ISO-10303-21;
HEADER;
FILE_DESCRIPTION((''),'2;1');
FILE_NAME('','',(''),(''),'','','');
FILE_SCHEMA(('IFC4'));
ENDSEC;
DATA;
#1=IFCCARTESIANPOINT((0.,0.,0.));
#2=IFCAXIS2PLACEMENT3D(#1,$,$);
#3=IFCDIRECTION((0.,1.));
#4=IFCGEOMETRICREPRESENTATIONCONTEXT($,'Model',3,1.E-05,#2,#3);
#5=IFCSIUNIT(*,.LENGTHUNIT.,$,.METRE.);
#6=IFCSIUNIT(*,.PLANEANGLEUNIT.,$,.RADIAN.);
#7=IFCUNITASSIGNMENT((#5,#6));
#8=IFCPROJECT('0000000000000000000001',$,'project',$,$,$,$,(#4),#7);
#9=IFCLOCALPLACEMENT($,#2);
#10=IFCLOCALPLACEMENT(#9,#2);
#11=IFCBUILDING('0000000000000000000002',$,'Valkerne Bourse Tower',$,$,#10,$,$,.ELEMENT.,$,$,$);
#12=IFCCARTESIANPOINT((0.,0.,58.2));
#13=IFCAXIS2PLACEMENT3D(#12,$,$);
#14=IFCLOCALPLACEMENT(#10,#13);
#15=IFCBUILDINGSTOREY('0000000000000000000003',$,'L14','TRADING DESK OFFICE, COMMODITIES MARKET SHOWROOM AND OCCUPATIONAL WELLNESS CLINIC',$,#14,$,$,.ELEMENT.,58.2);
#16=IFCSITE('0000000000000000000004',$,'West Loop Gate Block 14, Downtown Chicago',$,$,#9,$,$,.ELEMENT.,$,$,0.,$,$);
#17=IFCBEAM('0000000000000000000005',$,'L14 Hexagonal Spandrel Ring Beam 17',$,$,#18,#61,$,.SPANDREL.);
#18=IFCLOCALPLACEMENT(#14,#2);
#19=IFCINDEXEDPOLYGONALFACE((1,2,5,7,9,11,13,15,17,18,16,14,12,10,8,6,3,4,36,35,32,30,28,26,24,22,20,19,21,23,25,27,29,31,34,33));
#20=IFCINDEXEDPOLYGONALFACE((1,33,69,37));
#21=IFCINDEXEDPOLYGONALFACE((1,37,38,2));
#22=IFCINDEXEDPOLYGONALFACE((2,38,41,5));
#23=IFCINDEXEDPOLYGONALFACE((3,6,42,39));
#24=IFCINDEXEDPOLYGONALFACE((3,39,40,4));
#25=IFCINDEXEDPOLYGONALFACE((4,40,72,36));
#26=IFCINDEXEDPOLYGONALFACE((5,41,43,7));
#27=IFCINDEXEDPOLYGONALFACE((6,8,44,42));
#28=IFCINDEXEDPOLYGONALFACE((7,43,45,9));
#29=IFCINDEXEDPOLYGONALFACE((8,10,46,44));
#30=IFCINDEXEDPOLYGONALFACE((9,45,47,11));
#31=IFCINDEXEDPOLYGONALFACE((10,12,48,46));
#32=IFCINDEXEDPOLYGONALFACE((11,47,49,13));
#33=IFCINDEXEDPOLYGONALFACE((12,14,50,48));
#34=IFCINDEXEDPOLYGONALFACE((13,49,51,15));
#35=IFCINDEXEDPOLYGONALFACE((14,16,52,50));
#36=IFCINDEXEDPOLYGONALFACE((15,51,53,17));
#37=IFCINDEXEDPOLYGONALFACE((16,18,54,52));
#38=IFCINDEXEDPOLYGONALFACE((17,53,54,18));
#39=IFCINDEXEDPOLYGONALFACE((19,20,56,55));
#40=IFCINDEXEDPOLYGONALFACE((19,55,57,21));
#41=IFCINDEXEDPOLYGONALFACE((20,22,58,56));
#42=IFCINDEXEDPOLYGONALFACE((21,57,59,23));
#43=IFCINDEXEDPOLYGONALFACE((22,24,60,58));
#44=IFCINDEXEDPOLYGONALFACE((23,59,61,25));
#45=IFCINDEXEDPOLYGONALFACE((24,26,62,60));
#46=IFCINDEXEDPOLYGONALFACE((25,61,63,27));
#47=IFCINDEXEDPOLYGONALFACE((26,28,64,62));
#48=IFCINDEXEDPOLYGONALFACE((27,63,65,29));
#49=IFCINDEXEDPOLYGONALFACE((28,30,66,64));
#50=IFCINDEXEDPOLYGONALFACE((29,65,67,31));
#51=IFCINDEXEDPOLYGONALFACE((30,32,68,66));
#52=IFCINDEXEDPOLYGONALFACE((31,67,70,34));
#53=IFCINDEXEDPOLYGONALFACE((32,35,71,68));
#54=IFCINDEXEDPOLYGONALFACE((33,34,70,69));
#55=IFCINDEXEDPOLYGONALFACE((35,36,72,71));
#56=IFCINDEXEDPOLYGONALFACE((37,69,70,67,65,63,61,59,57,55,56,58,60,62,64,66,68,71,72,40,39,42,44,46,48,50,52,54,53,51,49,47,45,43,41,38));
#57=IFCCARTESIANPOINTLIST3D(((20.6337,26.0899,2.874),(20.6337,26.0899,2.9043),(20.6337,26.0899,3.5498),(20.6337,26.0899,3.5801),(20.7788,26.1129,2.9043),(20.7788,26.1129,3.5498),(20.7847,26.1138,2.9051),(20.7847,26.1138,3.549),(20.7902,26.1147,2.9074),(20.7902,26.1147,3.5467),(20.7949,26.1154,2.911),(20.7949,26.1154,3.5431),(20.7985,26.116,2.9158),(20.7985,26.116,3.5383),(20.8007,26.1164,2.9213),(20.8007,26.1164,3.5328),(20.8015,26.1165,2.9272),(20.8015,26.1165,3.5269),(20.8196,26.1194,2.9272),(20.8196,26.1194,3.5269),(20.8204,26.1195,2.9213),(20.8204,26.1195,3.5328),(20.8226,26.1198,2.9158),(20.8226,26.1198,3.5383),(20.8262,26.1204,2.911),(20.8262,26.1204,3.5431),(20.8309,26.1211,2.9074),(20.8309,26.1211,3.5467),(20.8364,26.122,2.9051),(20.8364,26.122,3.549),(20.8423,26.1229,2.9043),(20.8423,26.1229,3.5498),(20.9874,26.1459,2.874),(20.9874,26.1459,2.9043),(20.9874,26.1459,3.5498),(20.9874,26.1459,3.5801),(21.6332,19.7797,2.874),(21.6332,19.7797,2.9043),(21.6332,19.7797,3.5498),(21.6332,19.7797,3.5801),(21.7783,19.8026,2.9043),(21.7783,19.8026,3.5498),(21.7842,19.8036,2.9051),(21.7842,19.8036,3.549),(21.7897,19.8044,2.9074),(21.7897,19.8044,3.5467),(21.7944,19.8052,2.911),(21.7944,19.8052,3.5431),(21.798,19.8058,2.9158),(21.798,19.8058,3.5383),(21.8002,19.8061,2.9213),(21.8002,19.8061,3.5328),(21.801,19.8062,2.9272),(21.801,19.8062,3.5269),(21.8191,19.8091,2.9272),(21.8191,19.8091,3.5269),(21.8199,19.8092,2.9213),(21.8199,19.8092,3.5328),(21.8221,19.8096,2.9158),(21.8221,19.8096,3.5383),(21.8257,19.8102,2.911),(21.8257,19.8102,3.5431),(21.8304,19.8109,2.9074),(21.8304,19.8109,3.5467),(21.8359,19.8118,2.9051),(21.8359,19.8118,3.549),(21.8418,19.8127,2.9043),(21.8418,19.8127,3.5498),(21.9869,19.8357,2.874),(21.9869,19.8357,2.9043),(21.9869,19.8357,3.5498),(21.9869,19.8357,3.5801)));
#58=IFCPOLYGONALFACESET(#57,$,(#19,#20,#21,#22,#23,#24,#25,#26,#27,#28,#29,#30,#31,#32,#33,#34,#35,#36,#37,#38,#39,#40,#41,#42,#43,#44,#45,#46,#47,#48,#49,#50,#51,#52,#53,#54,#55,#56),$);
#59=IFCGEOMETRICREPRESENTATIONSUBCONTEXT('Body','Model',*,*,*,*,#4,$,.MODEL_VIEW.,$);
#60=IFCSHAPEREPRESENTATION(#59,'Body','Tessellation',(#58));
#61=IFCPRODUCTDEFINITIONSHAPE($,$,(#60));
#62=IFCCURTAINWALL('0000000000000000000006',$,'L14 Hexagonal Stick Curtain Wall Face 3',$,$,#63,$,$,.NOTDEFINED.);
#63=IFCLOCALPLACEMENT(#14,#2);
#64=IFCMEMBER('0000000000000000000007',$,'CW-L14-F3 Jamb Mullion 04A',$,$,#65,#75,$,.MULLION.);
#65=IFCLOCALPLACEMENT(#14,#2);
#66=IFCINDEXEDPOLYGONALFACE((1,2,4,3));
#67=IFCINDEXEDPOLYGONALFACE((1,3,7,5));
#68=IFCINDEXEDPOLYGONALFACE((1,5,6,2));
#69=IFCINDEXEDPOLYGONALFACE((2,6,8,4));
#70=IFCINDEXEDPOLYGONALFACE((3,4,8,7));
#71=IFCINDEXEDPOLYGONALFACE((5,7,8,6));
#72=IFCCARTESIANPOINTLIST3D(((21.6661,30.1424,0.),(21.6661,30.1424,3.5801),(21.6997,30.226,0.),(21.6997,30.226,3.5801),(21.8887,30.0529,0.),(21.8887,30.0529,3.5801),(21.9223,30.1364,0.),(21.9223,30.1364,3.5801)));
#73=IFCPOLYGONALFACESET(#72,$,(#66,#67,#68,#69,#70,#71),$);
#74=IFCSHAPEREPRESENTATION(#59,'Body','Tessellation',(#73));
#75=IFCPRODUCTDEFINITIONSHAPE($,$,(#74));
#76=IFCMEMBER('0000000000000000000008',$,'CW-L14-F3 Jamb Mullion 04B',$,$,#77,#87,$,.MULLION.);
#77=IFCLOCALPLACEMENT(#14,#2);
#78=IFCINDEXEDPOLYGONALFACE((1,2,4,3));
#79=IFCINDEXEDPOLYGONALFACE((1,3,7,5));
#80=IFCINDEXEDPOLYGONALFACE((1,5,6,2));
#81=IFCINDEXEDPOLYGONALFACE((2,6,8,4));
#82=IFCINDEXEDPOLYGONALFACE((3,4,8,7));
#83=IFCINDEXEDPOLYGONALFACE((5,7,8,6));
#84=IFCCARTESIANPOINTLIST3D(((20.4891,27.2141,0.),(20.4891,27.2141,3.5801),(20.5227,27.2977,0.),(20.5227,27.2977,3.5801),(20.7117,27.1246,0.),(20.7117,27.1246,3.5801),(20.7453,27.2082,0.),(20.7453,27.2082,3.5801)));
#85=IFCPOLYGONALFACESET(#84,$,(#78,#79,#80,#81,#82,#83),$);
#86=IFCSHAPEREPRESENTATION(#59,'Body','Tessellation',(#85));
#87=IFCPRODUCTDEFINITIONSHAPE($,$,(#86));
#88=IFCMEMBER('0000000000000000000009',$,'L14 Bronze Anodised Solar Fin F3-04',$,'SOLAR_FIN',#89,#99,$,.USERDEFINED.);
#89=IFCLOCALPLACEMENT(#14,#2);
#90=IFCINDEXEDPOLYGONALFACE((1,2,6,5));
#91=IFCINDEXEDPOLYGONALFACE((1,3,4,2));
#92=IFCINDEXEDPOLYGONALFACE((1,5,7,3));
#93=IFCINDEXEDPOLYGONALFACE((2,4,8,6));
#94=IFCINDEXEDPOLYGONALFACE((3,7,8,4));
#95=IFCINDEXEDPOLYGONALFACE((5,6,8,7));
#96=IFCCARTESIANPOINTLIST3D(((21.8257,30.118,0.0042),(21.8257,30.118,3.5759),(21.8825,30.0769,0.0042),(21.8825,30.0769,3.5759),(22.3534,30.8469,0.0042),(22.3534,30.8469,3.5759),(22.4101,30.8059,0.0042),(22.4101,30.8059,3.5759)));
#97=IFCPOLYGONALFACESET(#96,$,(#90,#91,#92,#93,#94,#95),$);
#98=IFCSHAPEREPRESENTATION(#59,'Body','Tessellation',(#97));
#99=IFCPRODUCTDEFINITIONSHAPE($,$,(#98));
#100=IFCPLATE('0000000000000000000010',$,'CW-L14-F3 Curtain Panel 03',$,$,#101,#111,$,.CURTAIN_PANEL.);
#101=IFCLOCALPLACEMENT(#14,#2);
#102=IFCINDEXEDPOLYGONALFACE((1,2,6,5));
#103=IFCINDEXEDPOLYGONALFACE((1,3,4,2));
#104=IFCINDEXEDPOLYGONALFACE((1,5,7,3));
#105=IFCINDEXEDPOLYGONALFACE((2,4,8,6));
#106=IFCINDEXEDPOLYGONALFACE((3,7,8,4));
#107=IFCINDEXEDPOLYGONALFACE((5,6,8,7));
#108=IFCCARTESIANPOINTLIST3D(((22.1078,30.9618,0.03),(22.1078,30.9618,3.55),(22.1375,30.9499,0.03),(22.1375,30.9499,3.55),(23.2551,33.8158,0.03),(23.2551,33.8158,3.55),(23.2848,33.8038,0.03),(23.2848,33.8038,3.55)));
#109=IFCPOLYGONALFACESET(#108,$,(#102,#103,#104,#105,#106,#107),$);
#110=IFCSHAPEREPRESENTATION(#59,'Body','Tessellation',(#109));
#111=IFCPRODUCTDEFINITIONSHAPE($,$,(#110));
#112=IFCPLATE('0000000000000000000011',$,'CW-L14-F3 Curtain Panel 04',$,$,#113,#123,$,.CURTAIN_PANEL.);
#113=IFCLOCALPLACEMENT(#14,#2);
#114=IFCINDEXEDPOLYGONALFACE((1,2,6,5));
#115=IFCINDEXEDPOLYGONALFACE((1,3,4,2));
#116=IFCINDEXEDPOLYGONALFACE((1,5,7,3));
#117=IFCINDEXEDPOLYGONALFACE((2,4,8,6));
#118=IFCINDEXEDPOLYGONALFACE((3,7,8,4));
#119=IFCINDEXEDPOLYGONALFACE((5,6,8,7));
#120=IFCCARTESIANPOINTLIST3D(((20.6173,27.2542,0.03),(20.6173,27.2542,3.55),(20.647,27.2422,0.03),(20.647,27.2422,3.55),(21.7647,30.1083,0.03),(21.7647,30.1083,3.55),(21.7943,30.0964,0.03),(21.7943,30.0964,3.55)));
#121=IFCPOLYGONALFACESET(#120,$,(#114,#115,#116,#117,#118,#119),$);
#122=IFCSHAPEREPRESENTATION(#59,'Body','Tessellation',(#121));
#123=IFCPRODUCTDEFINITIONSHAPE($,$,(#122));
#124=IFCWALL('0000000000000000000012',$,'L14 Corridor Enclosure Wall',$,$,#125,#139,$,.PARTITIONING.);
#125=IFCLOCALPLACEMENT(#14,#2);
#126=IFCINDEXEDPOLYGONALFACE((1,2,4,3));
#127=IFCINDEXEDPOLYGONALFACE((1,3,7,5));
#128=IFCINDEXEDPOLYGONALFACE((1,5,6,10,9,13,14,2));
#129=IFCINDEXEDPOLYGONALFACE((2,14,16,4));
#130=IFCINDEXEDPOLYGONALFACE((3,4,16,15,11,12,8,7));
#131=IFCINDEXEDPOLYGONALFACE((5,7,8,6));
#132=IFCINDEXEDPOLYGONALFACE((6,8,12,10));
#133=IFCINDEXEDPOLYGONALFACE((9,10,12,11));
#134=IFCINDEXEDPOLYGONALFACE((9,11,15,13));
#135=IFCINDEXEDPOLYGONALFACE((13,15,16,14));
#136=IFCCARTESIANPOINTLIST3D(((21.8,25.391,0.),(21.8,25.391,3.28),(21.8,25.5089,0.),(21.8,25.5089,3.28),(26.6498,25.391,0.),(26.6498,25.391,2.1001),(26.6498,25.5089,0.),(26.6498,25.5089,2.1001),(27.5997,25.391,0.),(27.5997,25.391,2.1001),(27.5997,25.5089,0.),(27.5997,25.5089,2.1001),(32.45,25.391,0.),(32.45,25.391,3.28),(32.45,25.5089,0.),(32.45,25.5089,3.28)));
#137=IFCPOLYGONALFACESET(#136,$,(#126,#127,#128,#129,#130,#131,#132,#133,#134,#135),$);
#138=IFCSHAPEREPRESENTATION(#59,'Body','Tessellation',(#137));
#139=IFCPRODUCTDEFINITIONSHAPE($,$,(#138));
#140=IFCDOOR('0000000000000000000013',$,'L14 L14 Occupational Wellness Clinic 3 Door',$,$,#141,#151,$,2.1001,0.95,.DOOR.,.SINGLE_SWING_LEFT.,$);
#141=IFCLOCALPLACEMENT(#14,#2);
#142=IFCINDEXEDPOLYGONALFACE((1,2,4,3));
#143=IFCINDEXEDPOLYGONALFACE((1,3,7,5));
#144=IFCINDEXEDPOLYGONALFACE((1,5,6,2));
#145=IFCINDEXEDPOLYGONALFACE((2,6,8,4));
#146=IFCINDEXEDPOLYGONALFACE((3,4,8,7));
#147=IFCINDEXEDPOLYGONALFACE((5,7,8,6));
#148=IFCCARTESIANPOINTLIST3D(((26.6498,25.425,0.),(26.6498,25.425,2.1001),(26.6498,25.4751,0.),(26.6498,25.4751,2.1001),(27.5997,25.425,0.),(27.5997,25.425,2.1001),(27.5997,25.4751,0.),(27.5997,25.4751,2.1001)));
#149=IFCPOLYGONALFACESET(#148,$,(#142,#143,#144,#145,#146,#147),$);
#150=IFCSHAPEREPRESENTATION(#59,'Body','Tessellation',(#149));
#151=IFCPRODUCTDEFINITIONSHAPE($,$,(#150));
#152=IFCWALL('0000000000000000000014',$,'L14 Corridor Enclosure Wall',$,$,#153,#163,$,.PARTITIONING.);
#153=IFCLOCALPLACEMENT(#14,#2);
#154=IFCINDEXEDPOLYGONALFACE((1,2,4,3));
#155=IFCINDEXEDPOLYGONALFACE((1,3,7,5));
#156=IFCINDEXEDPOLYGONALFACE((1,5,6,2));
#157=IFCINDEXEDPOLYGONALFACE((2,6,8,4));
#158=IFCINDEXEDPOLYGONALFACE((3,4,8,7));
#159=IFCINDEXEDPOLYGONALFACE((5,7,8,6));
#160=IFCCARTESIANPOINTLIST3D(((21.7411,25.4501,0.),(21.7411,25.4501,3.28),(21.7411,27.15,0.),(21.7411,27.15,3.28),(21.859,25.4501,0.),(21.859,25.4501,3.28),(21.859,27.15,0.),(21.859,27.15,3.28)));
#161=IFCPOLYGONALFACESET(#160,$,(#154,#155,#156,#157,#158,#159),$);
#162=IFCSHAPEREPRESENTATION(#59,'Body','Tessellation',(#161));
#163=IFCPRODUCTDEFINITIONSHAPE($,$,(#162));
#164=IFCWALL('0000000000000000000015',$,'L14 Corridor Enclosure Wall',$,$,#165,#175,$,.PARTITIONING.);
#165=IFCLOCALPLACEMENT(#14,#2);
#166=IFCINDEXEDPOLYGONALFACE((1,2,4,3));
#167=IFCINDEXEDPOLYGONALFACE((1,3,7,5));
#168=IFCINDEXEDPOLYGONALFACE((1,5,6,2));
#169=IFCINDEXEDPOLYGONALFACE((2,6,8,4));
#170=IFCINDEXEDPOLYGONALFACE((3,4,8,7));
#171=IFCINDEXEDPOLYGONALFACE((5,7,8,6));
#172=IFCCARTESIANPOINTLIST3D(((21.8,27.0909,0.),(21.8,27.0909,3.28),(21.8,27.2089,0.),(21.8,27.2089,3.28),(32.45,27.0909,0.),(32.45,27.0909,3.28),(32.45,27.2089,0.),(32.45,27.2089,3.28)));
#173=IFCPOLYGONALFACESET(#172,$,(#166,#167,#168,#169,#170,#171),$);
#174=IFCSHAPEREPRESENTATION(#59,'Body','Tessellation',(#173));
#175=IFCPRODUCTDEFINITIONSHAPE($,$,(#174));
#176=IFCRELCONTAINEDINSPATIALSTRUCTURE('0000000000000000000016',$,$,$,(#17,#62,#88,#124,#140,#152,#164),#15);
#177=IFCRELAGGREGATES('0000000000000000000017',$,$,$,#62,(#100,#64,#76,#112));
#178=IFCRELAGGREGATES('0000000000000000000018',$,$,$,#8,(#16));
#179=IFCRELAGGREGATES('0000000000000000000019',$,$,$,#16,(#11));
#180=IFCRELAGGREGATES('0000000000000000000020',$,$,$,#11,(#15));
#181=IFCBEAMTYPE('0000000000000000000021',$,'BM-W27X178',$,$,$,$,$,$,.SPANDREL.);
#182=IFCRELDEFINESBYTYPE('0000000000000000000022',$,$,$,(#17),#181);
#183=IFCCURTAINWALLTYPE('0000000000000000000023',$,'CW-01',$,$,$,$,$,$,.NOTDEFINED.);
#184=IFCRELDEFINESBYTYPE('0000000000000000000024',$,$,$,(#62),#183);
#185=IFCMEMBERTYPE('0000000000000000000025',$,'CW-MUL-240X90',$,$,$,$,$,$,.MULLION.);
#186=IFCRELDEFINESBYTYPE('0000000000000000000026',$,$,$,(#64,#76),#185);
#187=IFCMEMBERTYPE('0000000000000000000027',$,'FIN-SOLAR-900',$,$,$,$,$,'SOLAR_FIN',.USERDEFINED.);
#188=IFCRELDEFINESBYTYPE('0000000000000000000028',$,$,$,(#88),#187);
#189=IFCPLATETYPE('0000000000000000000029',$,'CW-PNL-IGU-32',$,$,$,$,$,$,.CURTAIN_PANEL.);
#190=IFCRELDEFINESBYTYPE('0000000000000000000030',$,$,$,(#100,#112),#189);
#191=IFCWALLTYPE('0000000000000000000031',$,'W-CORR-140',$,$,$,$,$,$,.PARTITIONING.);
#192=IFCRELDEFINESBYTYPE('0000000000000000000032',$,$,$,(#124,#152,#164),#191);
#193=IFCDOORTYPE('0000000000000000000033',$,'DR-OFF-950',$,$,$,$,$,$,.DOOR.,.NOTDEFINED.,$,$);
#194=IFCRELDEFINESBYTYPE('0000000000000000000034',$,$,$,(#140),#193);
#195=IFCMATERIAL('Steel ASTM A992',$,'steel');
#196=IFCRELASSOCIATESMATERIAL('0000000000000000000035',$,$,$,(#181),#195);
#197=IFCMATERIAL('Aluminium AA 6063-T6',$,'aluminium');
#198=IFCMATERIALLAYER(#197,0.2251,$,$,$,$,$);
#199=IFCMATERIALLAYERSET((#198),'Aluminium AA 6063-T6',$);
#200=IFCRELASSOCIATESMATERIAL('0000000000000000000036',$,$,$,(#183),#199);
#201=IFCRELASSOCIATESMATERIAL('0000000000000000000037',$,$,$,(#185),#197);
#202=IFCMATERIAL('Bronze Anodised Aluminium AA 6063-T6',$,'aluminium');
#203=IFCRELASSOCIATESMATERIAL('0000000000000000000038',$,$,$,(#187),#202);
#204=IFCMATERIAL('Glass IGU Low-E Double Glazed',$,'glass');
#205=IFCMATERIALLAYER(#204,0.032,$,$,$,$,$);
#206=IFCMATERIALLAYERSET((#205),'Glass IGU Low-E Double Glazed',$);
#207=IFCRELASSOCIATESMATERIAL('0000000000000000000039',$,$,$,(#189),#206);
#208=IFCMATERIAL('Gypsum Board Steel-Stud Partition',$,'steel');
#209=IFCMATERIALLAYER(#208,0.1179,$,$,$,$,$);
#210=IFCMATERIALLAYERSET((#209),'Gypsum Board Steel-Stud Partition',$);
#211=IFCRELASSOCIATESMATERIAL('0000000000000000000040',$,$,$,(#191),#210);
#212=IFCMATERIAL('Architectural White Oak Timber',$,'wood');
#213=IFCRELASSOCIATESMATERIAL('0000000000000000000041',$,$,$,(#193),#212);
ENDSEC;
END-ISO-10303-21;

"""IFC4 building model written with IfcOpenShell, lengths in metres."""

from ifc_helpers import new_model, si_unit, direction, frame, frame_2d, origin, origin_2d, place, context, subcontext, project, spatial, rectangle, i_section, extrude, material, layer, layer_set, material_profile, profile_set, type_object, element, fill, aggregate, save


model = new_model("IFC4")

# Units and contexts
model_context = context("Model", 3, precision=1e-05, world=origin(), true_north=direction((0.0, 1.0)))
body_context = subcontext(model_context, "Body", "Model", "MODEL_VIEW")
ifc_project = project(units=[si_unit("LENGTHUNIT", "METRE"), si_unit("PLANEANGLEUNIT", "RADIAN")], contexts=[model_context])

# Site, building, storey
site_placement = place(None, origin())
site = spatial("IfcSite", under=ifc_project, at=site_placement, Name="West Loop Gate Block 14, Downtown Chicago", CompositionType="ELEMENT", RefElevation=0.0)
building_placement = place(site_placement, origin())
building = spatial("IfcBuilding", under=site, at=building_placement, Name="Valkerne Bourse Tower", CompositionType="ELEMENT")
storey_placement = place(building_placement, frame((0.0, 0.0, 58.2)))
storey = spatial("IfcBuildingStorey", under=building, at=storey_placement, Name="L14", Description="TRADING DESK OFFICE, COMMODITIES MARKET SHOWROOM AND OCCUPATIONAL WELLNESS CLINIC", CompositionType="ELEMENT", Elevation=58.2)

# Beam
ifc_material_1 = material(Name="Steel ASTM A992", Category="steel")
ifc_material_profile_1 = material_profile(ifc_material_1, i_section(OverallWidth=0.3582, OverallDepth=0.7061, WebThickness=0.0183, FlangeThickness=0.0303, FilletRadius=0.0229, at=origin_2d()), Name="W27X178")
ifc_profile_set_1 = profile_set([ifc_material_profile_1], Name="Steel ASTM A992")
beam_type = type_object("IfcBeamType", Name="BM-W27X178", PredefinedType="SPANDREL", material=ifc_profile_set_1)
beam_1_placement = place(storey_placement, frame((20.8105, 26.1179, 3.2271), z_axis=(0.156443, -0.987687, 0.0), x_axis=(0.987687, 0.156443, 0.0)))
element("IfcBeam", 1, at=beam_1_placement, inside=storey, type_object=beam_type, Name="L14 Hexagonal Spandrel Ring Beam 17", PredefinedType="SPANDREL", context=body_context, shape_type="SweptSolid", body=[
    extrude(i_section(OverallWidth=0.3582, OverallDepth=0.7061, WebThickness=0.0183, FlangeThickness=0.0303, FilletRadius=0.0229, at=origin_2d()), origin(), (0.0, 0.0, 1.0), 6.3889),
])

# Curtain wall, members
ifc_material_2 = material(Name="Aluminium AA 6063-T6", Category="aluminium")
ifc_layer_1 = layer(ifc_material_2, 0.2251)
ifc_layer_set_1 = layer_set([ifc_layer_1], Name="Aluminium AA 6063-T6")
curtain_wall_type = type_object("IfcCurtainWallType", Name="CW-01", PredefinedType="NOTDEFINED", material=ifc_layer_set_1)
curtain_wall_placement = place(storey_placement, origin())
curtain_wall = element("IfcCurtainWall", 2, at=curtain_wall_placement, inside=storey, type_object=curtain_wall_type, Name="L14 Hexagonal Stick Curtain Wall Face 3", PredefinedType="NOTDEFINED")
ifc_material_profile_2 = material_profile(ifc_material_2, rectangle(XDim=0.0901, YDim=0.24, at=origin_2d()), Name="CWM-90X240")
ifc_profile_set_2 = profile_set([ifc_material_profile_2], Name="Aluminium AA 6063-T6")
member_type_1 = type_object("IfcMemberType", Name="CW-MUL-240X90", PredefinedType="MULLION", material=ifc_profile_set_2)
member_1_placement = place(storey_placement, frame((21.7942, 30.1394, 0.0), z_axis=(0.0, 0.0, 1.0), x_axis=(-0.372991, -0.927835, 0.0)))
member_1 = element("IfcMember", 3, at=member_1_placement, type_object=member_type_1, Name="CW-L14-F3 Jamb Mullion 04A", PredefinedType="MULLION", context=body_context, shape_type="SweptSolid", body=[
    extrude(rectangle(XDim=0.0901, YDim=0.24, at=origin_2d()), origin(), (0.0, 0.0, 1.0), 3.5801),
])
member_2_placement = place(storey_placement, frame((20.6172, 27.2112, 0.0), z_axis=(0.0, 0.0, 1.0), x_axis=(-0.372991, -0.927835, 0.0)))
member_2 = element("IfcMember", 4, at=member_2_placement, type_object=member_type_1, Name="CW-L14-F3 Jamb Mullion 04B", PredefinedType="MULLION", context=body_context, shape_type="SweptSolid", body=[
    extrude(rectangle(XDim=0.0901, YDim=0.24, at=origin_2d()), origin(), (0.0, 0.0, 1.0), 3.5801),
])

# Member
ifc_material_3 = material(Name="Bronze Anodised Aluminium AA 6063-T6", Category="aluminium")
ifc_material_profile_3 = material_profile(ifc_material_3, rectangle(XDim=0.0701, YDim=0.8999, at=origin_2d()), Name="FIN-70X900")
ifc_profile_set_3 = profile_set([ifc_material_profile_3], Name="Bronze Anodised Aluminium AA 6063-T6")
member_type_2 = type_object("IfcMemberType", Name="FIN-SOLAR-900", ElementType="SOLAR_FIN", PredefinedType="USERDEFINED", material=ifc_profile_set_3)
member_3_placement = place(storey_placement, frame((22.1179, 30.4619, 0.0042), z_axis=(0.0, 0.0, 1.0), x_axis=(-0.810057, 0.586351, 0.0)))
element("IfcMember", 5, at=member_3_placement, inside=storey, type_object=member_type_2, Name="L14 Bronze Anodised Solar Fin F3-04", ObjectType="SOLAR_FIN", PredefinedType="USERDEFINED", context=body_context, shape_type="SweptSolid", body=[
    extrude(rectangle(XDim=0.0701, YDim=0.8999, at=origin_2d()), origin(), (0.0, 0.0, 1.0), 3.5718),
])

# Plates
ifc_material_4 = material(Name="Glass IGU Low-E Double Glazed", Category="glass")
ifc_layer_2 = layer(ifc_material_4, 0.032)
ifc_layer_set_2 = layer_set([ifc_layer_2], Name="Glass IGU Low-E Double Glazed")
plate_type = type_object("IfcPlateType", Name="CW-PNL-IGU-32", PredefinedType="CURTAIN_PANEL", material=ifc_layer_set_2)
plate_1_placement = place(storey_placement, frame((22.6963, 32.3828, 0.03), z_axis=(0.0, 0.0, 1.0), x_axis=(-0.372978, -0.92784, 0.0)))
plate_1 = element("IfcPlate", 6, at=plate_1_placement, type_object=plate_type, Name="CW-L14-F3 Curtain Panel 03", PredefinedType="CURTAIN_PANEL", context=body_context, shape_type="SweptSolid", body=[
    extrude(rectangle(XDim=3.0759, YDim=0.032, at=origin_2d()), origin(), (0.0, 0.0, 1.0), 3.52),
])
plate_2_placement = place(storey_placement, frame((21.2058, 28.6753, 0.03), z_axis=(0.0, 0.0, 1.0), x_axis=(-0.372991, -0.927835, 0.0)))
plate_2 = element("IfcPlate", 7, at=plate_2_placement, type_object=plate_type, Name="CW-L14-F3 Curtain Panel 04", PredefinedType="CURTAIN_PANEL", context=body_context, shape_type="SweptSolid", body=[
    extrude(rectangle(XDim=3.0762, YDim=0.032, at=origin_2d()), origin(), (0.0, 0.0, 1.0), 3.52),
])
aggregate(curtain_wall, [plate_1, member_1, member_2, plate_2])

# Wall, opening, door
ifc_material_5 = material(Name="Gypsum Board Steel-Stud Partition", Category="steel")
ifc_layer_3 = layer(ifc_material_5, 0.1179)
ifc_layer_set_3 = layer_set([ifc_layer_3], Name="Gypsum Board Steel-Stud Partition")
wall_type_1 = type_object("IfcWallType", Name="W-CORR-140", PredefinedType="PARTITIONING", material=ifc_layer_set_3)
wall_1_placement = place(storey_placement, frame((32.45, 25.45, 0.0), z_axis=(0.0, 0.0, 1.0), x_axis=(-1.0, 0.0, 0.0)))
wall_1 = element("IfcWall", 8, at=wall_1_placement, inside=storey, type_object=wall_type_1, Name="L14 Corridor Enclosure Wall", PredefinedType="PARTITIONING", context=body_context, shape_type="SweptSolid", body=[
    extrude(rectangle(XDim=10.6499, YDim=0.1179, at=frame_2d((5.325, 0.0))), origin(), (0.0, 0.0, 1.0), 3.28),
])
opening_placement = place(wall_1_placement, frame((4.8501, 0.0, 0.0)))
opening = element("IfcOpeningElement", 9, at=opening_placement, cuts=wall_1, PredefinedType="OPENING", context=body_context, shape_type="SweptSolid", body=[
    extrude(rectangle(XDim=0.95, YDim=2.1001, at=frame_2d((0.4751, 1.05))), frame((0.0, 0.0688, 0.0), z_axis=(0.0, -1.0, 0.0), x_axis=(1.0, 0.0, 0.0)), (0.0, 0.0, 1.0), 0.1379),
])
ifc_material_6 = material(Name="Architectural White Oak Timber", Category="wood")
door_type = type_object("IfcDoorType", Name="DR-OFF-950", OperationType="NOTDEFINED", PredefinedType="DOOR", material=ifc_material_6)
door_placement = place(opening_placement, origin())
door = element("IfcDoor", 10, at=door_placement, inside=storey, type_object=door_type, Name="L14 L14 Occupational Wellness Clinic 3 Door", OperationType="SINGLE_SWING_LEFT", OverallHeight=2.1001, OverallWidth=0.95, PredefinedType="DOOR", context=body_context, shape_type="SweptSolid", body=[
    extrude(rectangle(XDim=0.95, YDim=2.1001, at=frame_2d((0.4751, 1.05))), frame((0.0, 0.0249, 0.0), z_axis=(0.0, -1.0, 0.0), x_axis=(1.0, 0.0, 0.0)), (0.0, 0.0, 1.0), 0.05),
])
fill(opening, door)

# Walls
wall_2_placement = place(storey_placement, frame((21.8, 25.45, 0.0), z_axis=(0.0, 0.0, 1.0), x_axis=(0.0, 1.0, 0.0)))
element("IfcWall", 11, at=wall_2_placement, inside=storey, type_object=wall_type_1, Name="L14 Corridor Enclosure Wall", PredefinedType="PARTITIONING", context=body_context, shape_type="SweptSolid", body=[
    extrude(rectangle(XDim=1.7, YDim=0.1179, at=frame_2d((0.8501, 0.0))), origin(), (0.0, 0.0, 1.0), 3.28),
])
wall_3_placement = place(storey_placement, frame((21.8, 27.1499, 0.0), z_axis=(0.0, 0.0, 1.0), x_axis=(1.0, 0.0, 0.0)))
element("IfcWall", 12, at=wall_3_placement, inside=storey, type_object=wall_type_1, Name="L14 Corridor Enclosure Wall", PredefinedType="PARTITIONING", context=body_context, shape_type="SweptSolid", body=[
    extrude(rectangle(XDim=10.6499, YDim=0.1179, at=frame_2d((5.325, 0.0))), origin(), (0.0, 0.0, 1.0), 3.28),
])

save(model, "model.ifc")
